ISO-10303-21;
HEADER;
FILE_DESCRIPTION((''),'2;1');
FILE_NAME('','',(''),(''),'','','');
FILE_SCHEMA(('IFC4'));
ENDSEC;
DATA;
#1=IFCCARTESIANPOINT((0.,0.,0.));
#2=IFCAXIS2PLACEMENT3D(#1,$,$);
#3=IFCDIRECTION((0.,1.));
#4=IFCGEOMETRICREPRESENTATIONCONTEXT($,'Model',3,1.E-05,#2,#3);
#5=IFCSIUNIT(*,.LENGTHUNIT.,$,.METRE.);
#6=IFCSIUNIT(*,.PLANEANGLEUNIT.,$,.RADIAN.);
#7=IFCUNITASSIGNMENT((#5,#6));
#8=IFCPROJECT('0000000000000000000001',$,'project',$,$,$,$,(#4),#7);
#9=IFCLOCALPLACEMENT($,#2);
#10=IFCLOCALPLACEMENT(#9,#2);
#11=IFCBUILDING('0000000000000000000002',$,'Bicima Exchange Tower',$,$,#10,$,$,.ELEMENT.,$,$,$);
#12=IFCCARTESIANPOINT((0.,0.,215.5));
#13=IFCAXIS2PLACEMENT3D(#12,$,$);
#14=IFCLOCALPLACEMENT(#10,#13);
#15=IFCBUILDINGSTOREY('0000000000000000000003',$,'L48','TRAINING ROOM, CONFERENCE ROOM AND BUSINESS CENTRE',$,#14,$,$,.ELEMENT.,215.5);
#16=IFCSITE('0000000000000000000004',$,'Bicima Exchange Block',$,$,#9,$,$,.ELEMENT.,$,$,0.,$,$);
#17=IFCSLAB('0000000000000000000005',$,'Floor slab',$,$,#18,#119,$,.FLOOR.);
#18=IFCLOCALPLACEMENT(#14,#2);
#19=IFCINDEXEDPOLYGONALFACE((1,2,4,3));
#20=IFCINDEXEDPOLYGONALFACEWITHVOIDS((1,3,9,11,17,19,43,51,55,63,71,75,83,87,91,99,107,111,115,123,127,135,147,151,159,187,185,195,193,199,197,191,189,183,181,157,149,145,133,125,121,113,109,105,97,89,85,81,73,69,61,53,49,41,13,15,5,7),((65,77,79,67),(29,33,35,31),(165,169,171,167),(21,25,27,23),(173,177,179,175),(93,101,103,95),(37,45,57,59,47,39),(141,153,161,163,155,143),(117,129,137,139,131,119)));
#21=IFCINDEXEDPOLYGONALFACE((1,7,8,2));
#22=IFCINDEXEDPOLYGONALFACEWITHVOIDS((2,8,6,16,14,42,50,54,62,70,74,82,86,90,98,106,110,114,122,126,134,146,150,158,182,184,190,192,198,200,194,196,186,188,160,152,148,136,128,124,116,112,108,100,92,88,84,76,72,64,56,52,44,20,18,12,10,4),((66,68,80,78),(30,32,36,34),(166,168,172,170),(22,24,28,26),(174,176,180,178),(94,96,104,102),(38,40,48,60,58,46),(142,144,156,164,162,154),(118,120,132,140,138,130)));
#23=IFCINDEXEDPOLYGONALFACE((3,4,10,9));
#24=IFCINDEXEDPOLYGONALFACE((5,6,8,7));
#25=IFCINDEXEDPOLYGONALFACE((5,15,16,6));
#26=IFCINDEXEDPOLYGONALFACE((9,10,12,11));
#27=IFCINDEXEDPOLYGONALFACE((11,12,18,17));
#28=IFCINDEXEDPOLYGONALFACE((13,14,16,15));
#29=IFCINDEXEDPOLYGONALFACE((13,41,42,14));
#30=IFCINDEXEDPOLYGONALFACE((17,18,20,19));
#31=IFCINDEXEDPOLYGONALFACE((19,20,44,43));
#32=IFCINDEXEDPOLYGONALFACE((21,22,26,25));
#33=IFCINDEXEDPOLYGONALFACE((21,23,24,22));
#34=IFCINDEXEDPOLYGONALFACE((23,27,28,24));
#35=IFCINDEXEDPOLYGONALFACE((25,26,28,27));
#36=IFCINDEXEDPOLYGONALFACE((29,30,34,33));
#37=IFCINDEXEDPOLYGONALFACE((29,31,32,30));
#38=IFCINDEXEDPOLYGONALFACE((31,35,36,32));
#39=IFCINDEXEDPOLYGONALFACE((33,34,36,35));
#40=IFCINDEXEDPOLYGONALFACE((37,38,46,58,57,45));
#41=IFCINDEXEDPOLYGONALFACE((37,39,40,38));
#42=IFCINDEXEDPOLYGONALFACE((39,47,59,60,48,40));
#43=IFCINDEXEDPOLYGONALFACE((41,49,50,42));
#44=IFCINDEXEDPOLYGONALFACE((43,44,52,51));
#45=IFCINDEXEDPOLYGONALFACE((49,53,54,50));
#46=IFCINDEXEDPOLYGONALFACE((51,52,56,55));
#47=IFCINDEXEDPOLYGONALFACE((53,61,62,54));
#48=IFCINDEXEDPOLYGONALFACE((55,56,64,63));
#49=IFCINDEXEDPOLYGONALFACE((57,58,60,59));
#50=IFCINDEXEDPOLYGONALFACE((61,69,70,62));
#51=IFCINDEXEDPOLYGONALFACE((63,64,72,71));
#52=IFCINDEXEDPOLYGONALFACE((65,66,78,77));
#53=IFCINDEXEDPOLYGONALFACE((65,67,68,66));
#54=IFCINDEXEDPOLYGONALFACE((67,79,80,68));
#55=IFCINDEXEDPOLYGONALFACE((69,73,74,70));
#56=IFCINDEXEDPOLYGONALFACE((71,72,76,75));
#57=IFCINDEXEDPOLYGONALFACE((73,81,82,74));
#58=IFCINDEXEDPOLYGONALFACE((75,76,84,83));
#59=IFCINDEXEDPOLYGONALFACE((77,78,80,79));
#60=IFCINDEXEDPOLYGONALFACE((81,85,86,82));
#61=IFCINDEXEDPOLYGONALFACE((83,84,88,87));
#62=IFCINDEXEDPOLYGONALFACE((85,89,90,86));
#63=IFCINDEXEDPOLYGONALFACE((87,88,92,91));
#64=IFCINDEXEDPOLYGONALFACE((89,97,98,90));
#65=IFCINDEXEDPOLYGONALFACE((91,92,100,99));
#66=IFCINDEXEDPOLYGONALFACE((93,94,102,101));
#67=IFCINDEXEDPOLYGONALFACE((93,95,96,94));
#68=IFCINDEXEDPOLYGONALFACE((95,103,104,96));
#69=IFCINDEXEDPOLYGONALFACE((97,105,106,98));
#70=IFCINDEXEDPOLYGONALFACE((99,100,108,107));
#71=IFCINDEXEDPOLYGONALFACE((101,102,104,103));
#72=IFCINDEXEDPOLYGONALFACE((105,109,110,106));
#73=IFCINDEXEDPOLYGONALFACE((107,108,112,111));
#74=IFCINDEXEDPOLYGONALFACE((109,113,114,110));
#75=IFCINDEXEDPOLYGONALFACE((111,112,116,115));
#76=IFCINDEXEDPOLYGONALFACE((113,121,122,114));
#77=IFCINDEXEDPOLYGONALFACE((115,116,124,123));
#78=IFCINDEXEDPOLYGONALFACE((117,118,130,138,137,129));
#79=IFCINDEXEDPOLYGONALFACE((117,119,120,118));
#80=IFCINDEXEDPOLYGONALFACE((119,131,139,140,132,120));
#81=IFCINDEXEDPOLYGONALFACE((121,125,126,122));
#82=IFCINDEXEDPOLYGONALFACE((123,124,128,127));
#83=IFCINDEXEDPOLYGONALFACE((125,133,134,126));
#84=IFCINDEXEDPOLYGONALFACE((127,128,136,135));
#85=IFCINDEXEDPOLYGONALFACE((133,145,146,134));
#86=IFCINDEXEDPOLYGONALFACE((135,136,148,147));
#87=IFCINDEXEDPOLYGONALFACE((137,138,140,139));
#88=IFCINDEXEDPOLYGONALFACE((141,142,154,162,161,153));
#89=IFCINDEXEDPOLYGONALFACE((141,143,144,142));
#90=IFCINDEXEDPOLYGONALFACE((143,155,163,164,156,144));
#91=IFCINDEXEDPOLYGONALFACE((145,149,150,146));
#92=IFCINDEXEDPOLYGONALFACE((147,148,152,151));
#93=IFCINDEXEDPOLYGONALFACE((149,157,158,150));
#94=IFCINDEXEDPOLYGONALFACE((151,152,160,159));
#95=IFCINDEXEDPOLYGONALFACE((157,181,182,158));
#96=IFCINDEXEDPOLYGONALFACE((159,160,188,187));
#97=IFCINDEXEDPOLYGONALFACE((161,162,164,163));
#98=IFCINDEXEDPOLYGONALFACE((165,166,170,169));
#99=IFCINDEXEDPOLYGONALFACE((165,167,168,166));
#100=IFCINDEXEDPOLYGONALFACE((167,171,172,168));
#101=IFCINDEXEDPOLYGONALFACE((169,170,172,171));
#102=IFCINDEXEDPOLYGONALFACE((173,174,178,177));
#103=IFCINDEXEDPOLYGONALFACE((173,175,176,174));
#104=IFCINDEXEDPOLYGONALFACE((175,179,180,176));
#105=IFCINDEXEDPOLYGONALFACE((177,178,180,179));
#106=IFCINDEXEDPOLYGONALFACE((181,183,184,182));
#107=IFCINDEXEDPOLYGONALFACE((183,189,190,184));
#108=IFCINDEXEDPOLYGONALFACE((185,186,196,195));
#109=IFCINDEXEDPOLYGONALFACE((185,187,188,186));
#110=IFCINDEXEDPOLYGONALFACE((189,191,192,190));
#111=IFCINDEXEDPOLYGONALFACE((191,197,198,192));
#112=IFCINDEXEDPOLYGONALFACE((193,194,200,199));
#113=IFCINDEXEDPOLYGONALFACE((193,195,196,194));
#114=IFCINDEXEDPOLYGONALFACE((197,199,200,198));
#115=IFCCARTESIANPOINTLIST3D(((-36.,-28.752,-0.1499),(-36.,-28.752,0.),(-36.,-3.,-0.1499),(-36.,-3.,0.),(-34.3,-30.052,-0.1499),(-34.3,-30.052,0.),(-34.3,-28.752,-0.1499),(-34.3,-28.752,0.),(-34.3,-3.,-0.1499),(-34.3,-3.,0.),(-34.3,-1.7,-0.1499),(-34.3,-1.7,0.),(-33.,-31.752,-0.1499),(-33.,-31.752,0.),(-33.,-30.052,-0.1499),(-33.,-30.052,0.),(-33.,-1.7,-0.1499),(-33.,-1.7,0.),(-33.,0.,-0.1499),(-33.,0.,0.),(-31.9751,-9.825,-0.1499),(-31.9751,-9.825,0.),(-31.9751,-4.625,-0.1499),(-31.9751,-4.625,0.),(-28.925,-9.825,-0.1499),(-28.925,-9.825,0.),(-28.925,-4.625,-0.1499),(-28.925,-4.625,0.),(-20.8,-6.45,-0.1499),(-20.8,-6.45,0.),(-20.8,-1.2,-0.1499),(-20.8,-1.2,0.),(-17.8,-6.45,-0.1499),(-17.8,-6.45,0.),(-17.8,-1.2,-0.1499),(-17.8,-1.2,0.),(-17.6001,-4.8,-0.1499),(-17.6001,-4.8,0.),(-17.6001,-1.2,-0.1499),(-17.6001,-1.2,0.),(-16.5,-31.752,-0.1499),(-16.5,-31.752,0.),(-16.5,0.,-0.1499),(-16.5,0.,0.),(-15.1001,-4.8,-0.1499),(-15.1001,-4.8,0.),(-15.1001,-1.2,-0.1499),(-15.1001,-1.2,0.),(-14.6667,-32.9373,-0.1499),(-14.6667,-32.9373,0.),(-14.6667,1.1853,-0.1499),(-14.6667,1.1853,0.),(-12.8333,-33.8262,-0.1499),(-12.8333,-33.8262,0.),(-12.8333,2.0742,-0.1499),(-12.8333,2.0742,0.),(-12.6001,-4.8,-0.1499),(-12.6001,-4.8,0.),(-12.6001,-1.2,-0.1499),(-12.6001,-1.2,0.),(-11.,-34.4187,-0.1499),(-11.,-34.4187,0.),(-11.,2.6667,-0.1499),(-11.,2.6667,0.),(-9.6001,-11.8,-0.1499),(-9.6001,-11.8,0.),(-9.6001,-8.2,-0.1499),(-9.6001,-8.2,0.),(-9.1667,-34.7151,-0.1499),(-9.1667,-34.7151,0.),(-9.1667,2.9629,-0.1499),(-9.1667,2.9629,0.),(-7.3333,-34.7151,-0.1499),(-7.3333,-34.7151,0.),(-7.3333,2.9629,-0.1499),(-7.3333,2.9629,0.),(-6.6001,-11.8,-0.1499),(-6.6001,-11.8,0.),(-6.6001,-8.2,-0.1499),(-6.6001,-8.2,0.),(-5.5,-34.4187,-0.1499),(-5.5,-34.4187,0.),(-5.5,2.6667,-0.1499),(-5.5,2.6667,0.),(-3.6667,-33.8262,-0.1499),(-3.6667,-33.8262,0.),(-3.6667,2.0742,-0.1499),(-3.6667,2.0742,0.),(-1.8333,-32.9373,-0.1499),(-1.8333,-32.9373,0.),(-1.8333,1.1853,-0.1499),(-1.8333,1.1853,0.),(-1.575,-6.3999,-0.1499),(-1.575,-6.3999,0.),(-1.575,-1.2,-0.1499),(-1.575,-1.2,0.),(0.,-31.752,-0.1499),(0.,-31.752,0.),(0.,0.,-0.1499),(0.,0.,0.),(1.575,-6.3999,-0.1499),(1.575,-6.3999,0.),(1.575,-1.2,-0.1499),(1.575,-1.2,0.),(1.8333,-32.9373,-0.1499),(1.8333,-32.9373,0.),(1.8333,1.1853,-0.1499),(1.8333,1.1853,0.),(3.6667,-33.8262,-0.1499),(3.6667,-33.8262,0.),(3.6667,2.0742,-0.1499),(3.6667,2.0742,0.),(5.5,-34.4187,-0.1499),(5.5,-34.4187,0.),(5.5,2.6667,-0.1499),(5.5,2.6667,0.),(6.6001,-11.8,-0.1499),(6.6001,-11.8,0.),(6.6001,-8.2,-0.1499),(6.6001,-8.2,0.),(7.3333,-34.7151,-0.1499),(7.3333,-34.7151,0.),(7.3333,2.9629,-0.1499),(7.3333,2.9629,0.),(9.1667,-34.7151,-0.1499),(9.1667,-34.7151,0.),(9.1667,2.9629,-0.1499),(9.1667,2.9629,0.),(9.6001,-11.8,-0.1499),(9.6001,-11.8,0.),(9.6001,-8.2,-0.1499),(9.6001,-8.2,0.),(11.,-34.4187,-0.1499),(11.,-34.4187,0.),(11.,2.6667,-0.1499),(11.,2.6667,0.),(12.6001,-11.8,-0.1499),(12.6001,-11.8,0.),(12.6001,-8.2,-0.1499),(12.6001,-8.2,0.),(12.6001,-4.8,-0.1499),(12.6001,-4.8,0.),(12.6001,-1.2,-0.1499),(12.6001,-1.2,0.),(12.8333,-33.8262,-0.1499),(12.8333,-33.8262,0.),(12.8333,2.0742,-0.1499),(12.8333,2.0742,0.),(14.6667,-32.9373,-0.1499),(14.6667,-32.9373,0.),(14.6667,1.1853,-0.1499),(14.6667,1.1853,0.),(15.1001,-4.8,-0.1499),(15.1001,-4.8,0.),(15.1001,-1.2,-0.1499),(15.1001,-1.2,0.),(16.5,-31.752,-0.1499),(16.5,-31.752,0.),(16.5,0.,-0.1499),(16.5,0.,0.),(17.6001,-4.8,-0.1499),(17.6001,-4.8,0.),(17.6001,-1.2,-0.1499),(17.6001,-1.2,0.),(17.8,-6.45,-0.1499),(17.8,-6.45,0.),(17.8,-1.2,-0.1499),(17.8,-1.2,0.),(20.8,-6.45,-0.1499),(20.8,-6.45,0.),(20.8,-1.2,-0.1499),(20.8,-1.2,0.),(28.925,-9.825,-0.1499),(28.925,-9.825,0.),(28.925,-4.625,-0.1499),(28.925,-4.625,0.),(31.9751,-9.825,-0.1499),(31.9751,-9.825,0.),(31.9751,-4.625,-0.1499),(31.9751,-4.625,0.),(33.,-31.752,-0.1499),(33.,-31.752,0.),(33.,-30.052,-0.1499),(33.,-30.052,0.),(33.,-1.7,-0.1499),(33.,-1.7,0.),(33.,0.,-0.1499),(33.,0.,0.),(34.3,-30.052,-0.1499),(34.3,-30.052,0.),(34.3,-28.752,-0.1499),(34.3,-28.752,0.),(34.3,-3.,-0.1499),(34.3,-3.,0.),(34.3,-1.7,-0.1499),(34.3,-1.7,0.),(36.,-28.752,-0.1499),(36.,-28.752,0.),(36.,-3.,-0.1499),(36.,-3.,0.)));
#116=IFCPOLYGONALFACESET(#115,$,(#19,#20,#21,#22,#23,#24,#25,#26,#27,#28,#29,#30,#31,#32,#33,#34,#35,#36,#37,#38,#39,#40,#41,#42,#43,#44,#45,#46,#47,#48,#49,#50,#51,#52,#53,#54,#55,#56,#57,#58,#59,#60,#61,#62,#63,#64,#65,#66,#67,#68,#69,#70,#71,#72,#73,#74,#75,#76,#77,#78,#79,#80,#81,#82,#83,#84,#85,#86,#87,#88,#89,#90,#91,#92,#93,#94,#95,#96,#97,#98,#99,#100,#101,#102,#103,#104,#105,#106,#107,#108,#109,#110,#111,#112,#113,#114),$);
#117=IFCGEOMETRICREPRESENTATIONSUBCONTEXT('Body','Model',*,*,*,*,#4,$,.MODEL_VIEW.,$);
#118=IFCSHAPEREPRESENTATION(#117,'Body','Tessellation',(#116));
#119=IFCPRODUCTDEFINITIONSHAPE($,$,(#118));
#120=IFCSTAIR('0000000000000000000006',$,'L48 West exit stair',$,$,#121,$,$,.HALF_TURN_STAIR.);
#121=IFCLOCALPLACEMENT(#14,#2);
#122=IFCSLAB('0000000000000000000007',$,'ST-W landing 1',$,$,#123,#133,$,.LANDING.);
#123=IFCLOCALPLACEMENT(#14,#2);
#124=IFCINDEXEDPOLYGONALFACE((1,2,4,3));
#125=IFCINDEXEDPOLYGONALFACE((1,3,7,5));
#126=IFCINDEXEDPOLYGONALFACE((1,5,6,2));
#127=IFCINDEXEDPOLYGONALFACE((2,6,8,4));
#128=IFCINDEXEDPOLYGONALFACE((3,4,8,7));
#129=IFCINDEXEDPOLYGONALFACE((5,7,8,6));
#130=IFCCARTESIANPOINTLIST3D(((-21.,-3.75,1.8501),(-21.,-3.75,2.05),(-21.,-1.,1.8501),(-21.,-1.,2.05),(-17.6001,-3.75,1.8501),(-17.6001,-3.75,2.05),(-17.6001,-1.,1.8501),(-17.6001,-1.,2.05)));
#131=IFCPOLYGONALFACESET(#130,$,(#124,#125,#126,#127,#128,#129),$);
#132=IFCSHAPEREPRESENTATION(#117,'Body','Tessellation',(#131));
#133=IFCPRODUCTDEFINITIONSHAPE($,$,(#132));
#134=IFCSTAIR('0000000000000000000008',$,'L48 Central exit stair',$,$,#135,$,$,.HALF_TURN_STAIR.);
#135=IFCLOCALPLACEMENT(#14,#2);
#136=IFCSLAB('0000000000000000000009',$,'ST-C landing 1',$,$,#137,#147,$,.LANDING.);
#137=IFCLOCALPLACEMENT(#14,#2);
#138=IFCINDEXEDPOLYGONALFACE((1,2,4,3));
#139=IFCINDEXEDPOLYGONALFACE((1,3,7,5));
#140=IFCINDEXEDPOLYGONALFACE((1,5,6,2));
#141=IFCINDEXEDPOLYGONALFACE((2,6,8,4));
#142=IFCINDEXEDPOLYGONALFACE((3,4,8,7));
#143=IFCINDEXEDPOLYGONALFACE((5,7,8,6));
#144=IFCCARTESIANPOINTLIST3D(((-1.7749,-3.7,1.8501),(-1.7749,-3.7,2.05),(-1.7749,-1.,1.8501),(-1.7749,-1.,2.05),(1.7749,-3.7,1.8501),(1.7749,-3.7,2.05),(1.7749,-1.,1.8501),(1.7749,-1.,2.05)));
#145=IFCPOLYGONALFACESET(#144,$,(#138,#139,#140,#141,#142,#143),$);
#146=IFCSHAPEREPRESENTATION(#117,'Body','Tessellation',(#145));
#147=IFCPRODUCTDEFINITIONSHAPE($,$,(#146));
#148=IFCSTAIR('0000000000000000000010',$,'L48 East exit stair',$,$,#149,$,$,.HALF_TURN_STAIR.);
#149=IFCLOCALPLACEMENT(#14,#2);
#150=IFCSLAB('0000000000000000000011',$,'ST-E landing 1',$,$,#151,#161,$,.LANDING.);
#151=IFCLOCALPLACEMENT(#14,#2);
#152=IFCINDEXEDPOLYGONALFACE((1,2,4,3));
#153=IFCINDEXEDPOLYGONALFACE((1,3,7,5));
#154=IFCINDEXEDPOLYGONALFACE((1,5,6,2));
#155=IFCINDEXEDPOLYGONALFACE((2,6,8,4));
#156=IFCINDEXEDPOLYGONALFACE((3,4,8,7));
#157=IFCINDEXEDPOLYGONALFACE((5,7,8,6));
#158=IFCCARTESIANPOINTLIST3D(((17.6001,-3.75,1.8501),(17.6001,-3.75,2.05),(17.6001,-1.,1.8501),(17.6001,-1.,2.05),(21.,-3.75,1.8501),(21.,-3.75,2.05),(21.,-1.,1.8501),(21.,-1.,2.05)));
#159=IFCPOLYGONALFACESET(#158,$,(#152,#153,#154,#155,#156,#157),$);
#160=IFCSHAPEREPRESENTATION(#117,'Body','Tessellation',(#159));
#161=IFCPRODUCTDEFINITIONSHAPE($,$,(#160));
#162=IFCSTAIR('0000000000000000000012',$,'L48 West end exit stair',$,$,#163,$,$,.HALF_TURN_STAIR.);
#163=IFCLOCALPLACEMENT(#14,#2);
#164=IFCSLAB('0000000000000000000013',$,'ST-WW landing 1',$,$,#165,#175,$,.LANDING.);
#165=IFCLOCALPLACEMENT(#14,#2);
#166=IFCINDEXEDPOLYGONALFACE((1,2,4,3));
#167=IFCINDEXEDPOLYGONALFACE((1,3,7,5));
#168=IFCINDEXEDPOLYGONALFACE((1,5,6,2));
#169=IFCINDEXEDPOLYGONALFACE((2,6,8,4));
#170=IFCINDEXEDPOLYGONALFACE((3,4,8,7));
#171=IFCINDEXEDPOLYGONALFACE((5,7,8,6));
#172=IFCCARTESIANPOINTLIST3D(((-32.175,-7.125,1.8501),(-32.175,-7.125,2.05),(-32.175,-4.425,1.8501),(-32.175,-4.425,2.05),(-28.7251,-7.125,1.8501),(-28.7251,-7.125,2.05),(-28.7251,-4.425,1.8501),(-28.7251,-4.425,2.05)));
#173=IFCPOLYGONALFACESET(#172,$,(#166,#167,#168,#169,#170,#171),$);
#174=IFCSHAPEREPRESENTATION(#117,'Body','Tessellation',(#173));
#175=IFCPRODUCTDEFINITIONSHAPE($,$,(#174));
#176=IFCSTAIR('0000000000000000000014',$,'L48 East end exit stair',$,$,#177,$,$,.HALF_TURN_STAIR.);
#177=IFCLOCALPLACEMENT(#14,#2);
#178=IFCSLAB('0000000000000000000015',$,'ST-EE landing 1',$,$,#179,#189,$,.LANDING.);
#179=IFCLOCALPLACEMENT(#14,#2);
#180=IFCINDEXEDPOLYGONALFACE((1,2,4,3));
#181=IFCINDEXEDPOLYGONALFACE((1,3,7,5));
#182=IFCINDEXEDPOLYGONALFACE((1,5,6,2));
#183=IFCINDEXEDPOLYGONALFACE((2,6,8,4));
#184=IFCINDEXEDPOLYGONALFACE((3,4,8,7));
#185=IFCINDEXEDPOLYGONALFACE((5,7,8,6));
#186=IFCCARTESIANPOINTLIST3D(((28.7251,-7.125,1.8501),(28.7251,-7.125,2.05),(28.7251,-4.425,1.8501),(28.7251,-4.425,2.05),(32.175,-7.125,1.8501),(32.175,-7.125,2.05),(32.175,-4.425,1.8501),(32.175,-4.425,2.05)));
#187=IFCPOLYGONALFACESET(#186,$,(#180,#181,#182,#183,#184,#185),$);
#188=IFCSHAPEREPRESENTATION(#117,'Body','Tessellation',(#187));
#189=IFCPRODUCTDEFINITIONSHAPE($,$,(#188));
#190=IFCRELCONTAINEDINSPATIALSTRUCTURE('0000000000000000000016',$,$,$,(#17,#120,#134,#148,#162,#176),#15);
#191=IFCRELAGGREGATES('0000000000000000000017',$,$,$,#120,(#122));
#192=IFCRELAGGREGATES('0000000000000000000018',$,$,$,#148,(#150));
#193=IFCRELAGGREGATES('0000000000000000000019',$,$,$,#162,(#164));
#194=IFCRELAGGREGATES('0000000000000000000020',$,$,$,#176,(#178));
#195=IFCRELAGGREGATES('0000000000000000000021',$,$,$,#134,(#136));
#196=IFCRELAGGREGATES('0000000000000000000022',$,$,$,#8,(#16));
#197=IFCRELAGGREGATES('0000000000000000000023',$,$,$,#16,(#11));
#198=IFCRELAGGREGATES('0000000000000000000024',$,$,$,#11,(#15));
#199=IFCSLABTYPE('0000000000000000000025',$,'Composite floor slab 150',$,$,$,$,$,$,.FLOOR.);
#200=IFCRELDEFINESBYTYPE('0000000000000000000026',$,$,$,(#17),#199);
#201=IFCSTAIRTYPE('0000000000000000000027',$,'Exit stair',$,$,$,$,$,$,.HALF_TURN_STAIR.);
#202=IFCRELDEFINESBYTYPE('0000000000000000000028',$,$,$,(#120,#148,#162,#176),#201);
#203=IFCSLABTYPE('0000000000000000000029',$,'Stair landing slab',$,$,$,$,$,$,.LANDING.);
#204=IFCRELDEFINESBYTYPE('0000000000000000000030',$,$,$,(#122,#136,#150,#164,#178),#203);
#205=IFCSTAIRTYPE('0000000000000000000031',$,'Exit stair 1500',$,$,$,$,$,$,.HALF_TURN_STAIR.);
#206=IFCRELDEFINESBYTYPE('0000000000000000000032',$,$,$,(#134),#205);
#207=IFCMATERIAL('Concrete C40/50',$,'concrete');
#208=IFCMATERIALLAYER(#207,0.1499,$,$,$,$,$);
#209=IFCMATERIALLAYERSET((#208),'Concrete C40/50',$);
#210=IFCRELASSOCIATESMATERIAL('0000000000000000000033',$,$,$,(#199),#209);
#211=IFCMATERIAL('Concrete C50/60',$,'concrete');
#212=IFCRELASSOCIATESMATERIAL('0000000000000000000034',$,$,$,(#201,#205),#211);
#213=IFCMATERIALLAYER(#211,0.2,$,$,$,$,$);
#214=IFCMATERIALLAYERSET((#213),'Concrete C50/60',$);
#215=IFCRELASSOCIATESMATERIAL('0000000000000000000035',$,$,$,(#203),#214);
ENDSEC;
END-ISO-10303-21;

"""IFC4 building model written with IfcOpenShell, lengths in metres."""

from ifc_helpers import new_model, si_unit, direction, frame, origin, place, context, subcontext, project, spatial, polyline, outline, extrude, material, layer, layer_set, type_object, element, aggregate, save


model = new_model("IFC4")

# Units and contexts
model_context = context("Model", 3, precision=1e-05, world=origin(), true_north=direction((0.0, 1.0)))
body_context = subcontext(model_context, "Body", "Model", "MODEL_VIEW")
ifc_project = project(units=[si_unit("LENGTHUNIT", "METRE"), si_unit("PLANEANGLEUNIT", "RADIAN")], contexts=[model_context])

# Site, building, storey
site_placement = place(None, origin())
site = spatial("IfcSite", under=ifc_project, at=site_placement, Name="Bicima Exchange Block", CompositionType="ELEMENT", RefElevation=0.0)
building_placement = place(site_placement, origin())
building = spatial("IfcBuilding", under=site, at=building_placement, Name="Bicima Exchange Tower", CompositionType="ELEMENT")
storey_placement = place(building_placement, frame((0.0, 0.0, 215.5)))
storey = spatial("IfcBuildingStorey", under=building, at=storey_placement, Name="L48", Description="TRAINING ROOM, CONFERENCE ROOM AND BUSINESS CENTRE", CompositionType="ELEMENT", Elevation=215.5)

# Slab
ifc_material_1 = material(Name="Concrete C40/50", Category="concrete")
ifc_layer_1 = layer(ifc_material_1, 0.1499)
ifc_layer_set_1 = layer_set([ifc_layer_1], Name="Concrete C40/50")
slab_type_1 = type_object("IfcSlabType", Name="Composite floor slab 150", PredefinedType="FLOOR", material=ifc_layer_set_1)
slab_1_placement = place(storey_placement, frame((0.0, 0.0, -0.1499)))
element("IfcSlab", 1, at=slab_1_placement, inside=storey, type_object=slab_type_1, Name="Floor slab", PredefinedType="FLOOR", context=body_context, shape_type="SweptSolid", body=[
    extrude(outline(polyline([(-36.0, -28.752), (-36.0, -3.0), (-34.3, -3.0), (-34.3, -1.7), (-33.0, -1.7), (-33.0, 0.0), (-16.5, 0.0), (-14.6667, 1.1853), (-12.8333, 2.0742), (-11.0, 2.6667), (-9.1667, 2.9629), (-7.3333, 2.9629), (-5.5, 2.6667), (-3.6667, 2.0742), (-1.8333, 1.1853), (0.0, 0.0), (1.8333, 1.1853), (3.6667, 2.0742), (5.5, 2.6667), (7.3333, 2.9629), (9.1667, 2.9629), (11.0, 2.6667), (12.8333, 2.0742), (14.6667, 1.1853), (16.5, 0.0), (33.0, 0.0), (33.0, -1.7), (34.3, -1.7), (34.3, -3.0), (36.0, -3.0), (36.0, -28.752), (34.3, -28.752), (34.3, -30.052), (33.0, -30.052), (33.0, -31.752), (16.5, -31.752), (14.6667, -32.9373), (12.8333, -33.8262), (11.0, -34.4187), (9.1667, -34.7151), (7.3333, -34.7151), (5.5, -34.4187), (3.6667, -33.8262), (1.8333, -32.9373), (0.0, -31.752), (-1.8333, -32.9373), (-3.6667, -33.8262), (-5.5, -34.4187), (-7.3333, -34.7151), (-9.1667, -34.7151), (-11.0, -34.4187), (-12.8333, -33.8262), (-14.6667, -32.9373), (-16.5, -31.752), (-33.0, -31.752), (-33.0, -30.052), (-34.3, -30.052), (-34.3, -28.752), (-36.0, -28.752)]), holes=[polyline([(-6.6001, -11.8), (-6.6001, -8.2), (-9.6001, -8.2), (-9.6001, -11.8), (-6.6001, -11.8)]), polyline([(-31.9751, -9.825), (-28.925, -9.825), (-28.925, -4.625), (-31.9751, -4.625), (-31.9751, -9.825)]), polyline([(-20.8, -6.45), (-17.8, -6.45), (-17.8, -1.2), (-20.8, -1.2), (-20.8, -6.45)]), polyline([(1.575, -6.3999), (1.575, -1.2), (-1.575, -1.2), (-1.575, -6.3999), (1.575, -6.3999)]), polyline([(-12.6001, -4.8), (-12.6001, -1.2), (-15.1001, -1.2), (-17.6001, -1.2), (-17.6001, -4.8), (-15.1001, -4.8), (-12.6001, -4.8)]), polyline([(12.6001, -8.2), (9.6001, -8.2), (6.6001, -8.2), (6.6001, -11.8), (9.6001, -11.8), (12.6001, -11.8), (12.6001, -8.2)]), polyline([(28.925, -9.825), (31.9751, -9.825), (31.9751, -4.625), (28.925, -4.625), (28.925, -9.825)]), polyline([(20.8, -6.45), (20.8, -1.2), (17.8, -1.2), (17.8, -6.45), (20.8, -6.45)]), polyline([(17.6001, -4.8), (17.6001, -1.2), (15.1001, -1.2), (12.6001, -1.2), (12.6001, -4.8), (15.1001, -4.8), (17.6001, -4.8)])]), origin(), (0.0, 0.0, 1.0), 0.1499),
])

# Stairs, slabs
ifc_material_2 = material(Name="Concrete C50/60", Category="concrete")
stair_type_1 = type_object("IfcStairType", Name="Exit stair", PredefinedType="HALF_TURN_STAIR", material=ifc_material_2)
stair_1_placement = place(storey_placement, origin())
stair_1 = element("IfcStair", 2, at=stair_1_placement, inside=storey, type_object=stair_type_1, Name="L48 West exit stair", PredefinedType="HALF_TURN_STAIR")
ifc_layer_2 = layer(ifc_material_2, 0.2)
ifc_layer_set_2 = layer_set([ifc_layer_2], Name="Concrete C50/60")
slab_type_2 = type_object("IfcSlabType", Name="Stair landing slab", PredefinedType="LANDING", material=ifc_layer_set_2)
slab_2_placement = place(storey_placement, frame((0.0, 0.0, 1.8501)))
slab_2 = element("IfcSlab", 3, at=slab_2_placement, type_object=slab_type_2, Name="ST-W landing 1", PredefinedType="LANDING", context=body_context, shape_type="SweptSolid", body=[
    extrude(outline(polyline([(-17.6001, -3.75), (-17.6001, -1.0), (-21.0, -1.0), (-21.0, -3.75), (-17.6001, -3.75)])), origin(), (0.0, 0.0, 1.0), 0.2),
])
aggregate(stair_1, [slab_2])
stair_type_2 = type_object("IfcStairType", Name="Exit stair 1500", PredefinedType="HALF_TURN_STAIR", material=ifc_material_2)
stair_2_placement = place(storey_placement, origin())
stair_2 = element("IfcStair", 4, at=stair_2_placement, inside=storey, type_object=stair_type_2, Name="L48 Central exit stair", PredefinedType="HALF_TURN_STAIR")
slab_3_placement = place(storey_placement, frame((0.0, 0.0, 1.8501)))
slab_3 = element("IfcSlab", 5, at=slab_3_placement, type_object=slab_type_2, Name="ST-C landing 1", PredefinedType="LANDING", context=body_context, shape_type="SweptSolid", body=[
    extrude(outline(polyline([(1.7749, -3.7), (1.7749, -1.0), (-1.7749, -1.0), (-1.7749, -3.7), (1.7749, -3.7)])), origin(), (0.0, 0.0, 1.0), 0.2),
])
stair_3_placement = place(storey_placement, origin())
stair_3 = element("IfcStair", 6, at=stair_3_placement, inside=storey, type_object=stair_type_1, Name="L48 East exit stair", PredefinedType="HALF_TURN_STAIR")
slab_4_placement = place(storey_placement, frame((0.0, 0.0, 1.8501)))
slab_4 = element("IfcSlab", 7, at=slab_4_placement, type_object=slab_type_2, Name="ST-E landing 1", PredefinedType="LANDING", context=body_context, shape_type="SweptSolid", body=[
    extrude(outline(polyline([(21.0, -3.75), (21.0, -1.0), (17.6001, -1.0), (17.6001, -3.75), (21.0, -3.75)])), origin(), (0.0, 0.0, 1.0), 0.2),
])
aggregate(stair_3, [slab_4])
stair_4_placement = place(storey_placement, origin())
stair_4 = element("IfcStair", 8, at=stair_4_placement, inside=storey, type_object=stair_type_1, Name="L48 West end exit stair", PredefinedType="HALF_TURN_STAIR")
slab_5_placement = place(storey_placement, frame((0.0, 0.0, 1.8501)))
slab_5 = element("IfcSlab", 9, at=slab_5_placement, type_object=slab_type_2, Name="ST-WW landing 1", PredefinedType="LANDING", context=body_context, shape_type="SweptSolid", body=[
    extrude(outline(polyline([(-28.7251, -7.125), (-28.7251, -4.425), (-32.175, -4.425), (-32.175, -7.125), (-28.7251, -7.125)])), origin(), (0.0, 0.0, 1.0), 0.2),
])
aggregate(stair_4, [slab_5])
stair_5_placement = place(storey_placement, origin())
stair_5 = element("IfcStair", 10, at=stair_5_placement, inside=storey, type_object=stair_type_1, Name="L48 East end exit stair", PredefinedType="HALF_TURN_STAIR")
slab_6_placement = place(storey_placement, frame((0.0, 0.0, 1.8501)))
slab_6 = element("IfcSlab", 11, at=slab_6_placement, type_object=slab_type_2, Name="ST-EE landing 1", PredefinedType="LANDING", context=body_context, shape_type="SweptSolid", body=[
    extrude(outline(polyline([(32.175, -7.125), (32.175, -4.425), (28.7251, -4.425), (28.7251, -7.125), (32.175, -7.125)])), origin(), (0.0, 0.0, 1.0), 0.2),
])
aggregate(stair_5, [slab_6])

aggregate(stair_2, [slab_3])

save(model, "model.ifc")
